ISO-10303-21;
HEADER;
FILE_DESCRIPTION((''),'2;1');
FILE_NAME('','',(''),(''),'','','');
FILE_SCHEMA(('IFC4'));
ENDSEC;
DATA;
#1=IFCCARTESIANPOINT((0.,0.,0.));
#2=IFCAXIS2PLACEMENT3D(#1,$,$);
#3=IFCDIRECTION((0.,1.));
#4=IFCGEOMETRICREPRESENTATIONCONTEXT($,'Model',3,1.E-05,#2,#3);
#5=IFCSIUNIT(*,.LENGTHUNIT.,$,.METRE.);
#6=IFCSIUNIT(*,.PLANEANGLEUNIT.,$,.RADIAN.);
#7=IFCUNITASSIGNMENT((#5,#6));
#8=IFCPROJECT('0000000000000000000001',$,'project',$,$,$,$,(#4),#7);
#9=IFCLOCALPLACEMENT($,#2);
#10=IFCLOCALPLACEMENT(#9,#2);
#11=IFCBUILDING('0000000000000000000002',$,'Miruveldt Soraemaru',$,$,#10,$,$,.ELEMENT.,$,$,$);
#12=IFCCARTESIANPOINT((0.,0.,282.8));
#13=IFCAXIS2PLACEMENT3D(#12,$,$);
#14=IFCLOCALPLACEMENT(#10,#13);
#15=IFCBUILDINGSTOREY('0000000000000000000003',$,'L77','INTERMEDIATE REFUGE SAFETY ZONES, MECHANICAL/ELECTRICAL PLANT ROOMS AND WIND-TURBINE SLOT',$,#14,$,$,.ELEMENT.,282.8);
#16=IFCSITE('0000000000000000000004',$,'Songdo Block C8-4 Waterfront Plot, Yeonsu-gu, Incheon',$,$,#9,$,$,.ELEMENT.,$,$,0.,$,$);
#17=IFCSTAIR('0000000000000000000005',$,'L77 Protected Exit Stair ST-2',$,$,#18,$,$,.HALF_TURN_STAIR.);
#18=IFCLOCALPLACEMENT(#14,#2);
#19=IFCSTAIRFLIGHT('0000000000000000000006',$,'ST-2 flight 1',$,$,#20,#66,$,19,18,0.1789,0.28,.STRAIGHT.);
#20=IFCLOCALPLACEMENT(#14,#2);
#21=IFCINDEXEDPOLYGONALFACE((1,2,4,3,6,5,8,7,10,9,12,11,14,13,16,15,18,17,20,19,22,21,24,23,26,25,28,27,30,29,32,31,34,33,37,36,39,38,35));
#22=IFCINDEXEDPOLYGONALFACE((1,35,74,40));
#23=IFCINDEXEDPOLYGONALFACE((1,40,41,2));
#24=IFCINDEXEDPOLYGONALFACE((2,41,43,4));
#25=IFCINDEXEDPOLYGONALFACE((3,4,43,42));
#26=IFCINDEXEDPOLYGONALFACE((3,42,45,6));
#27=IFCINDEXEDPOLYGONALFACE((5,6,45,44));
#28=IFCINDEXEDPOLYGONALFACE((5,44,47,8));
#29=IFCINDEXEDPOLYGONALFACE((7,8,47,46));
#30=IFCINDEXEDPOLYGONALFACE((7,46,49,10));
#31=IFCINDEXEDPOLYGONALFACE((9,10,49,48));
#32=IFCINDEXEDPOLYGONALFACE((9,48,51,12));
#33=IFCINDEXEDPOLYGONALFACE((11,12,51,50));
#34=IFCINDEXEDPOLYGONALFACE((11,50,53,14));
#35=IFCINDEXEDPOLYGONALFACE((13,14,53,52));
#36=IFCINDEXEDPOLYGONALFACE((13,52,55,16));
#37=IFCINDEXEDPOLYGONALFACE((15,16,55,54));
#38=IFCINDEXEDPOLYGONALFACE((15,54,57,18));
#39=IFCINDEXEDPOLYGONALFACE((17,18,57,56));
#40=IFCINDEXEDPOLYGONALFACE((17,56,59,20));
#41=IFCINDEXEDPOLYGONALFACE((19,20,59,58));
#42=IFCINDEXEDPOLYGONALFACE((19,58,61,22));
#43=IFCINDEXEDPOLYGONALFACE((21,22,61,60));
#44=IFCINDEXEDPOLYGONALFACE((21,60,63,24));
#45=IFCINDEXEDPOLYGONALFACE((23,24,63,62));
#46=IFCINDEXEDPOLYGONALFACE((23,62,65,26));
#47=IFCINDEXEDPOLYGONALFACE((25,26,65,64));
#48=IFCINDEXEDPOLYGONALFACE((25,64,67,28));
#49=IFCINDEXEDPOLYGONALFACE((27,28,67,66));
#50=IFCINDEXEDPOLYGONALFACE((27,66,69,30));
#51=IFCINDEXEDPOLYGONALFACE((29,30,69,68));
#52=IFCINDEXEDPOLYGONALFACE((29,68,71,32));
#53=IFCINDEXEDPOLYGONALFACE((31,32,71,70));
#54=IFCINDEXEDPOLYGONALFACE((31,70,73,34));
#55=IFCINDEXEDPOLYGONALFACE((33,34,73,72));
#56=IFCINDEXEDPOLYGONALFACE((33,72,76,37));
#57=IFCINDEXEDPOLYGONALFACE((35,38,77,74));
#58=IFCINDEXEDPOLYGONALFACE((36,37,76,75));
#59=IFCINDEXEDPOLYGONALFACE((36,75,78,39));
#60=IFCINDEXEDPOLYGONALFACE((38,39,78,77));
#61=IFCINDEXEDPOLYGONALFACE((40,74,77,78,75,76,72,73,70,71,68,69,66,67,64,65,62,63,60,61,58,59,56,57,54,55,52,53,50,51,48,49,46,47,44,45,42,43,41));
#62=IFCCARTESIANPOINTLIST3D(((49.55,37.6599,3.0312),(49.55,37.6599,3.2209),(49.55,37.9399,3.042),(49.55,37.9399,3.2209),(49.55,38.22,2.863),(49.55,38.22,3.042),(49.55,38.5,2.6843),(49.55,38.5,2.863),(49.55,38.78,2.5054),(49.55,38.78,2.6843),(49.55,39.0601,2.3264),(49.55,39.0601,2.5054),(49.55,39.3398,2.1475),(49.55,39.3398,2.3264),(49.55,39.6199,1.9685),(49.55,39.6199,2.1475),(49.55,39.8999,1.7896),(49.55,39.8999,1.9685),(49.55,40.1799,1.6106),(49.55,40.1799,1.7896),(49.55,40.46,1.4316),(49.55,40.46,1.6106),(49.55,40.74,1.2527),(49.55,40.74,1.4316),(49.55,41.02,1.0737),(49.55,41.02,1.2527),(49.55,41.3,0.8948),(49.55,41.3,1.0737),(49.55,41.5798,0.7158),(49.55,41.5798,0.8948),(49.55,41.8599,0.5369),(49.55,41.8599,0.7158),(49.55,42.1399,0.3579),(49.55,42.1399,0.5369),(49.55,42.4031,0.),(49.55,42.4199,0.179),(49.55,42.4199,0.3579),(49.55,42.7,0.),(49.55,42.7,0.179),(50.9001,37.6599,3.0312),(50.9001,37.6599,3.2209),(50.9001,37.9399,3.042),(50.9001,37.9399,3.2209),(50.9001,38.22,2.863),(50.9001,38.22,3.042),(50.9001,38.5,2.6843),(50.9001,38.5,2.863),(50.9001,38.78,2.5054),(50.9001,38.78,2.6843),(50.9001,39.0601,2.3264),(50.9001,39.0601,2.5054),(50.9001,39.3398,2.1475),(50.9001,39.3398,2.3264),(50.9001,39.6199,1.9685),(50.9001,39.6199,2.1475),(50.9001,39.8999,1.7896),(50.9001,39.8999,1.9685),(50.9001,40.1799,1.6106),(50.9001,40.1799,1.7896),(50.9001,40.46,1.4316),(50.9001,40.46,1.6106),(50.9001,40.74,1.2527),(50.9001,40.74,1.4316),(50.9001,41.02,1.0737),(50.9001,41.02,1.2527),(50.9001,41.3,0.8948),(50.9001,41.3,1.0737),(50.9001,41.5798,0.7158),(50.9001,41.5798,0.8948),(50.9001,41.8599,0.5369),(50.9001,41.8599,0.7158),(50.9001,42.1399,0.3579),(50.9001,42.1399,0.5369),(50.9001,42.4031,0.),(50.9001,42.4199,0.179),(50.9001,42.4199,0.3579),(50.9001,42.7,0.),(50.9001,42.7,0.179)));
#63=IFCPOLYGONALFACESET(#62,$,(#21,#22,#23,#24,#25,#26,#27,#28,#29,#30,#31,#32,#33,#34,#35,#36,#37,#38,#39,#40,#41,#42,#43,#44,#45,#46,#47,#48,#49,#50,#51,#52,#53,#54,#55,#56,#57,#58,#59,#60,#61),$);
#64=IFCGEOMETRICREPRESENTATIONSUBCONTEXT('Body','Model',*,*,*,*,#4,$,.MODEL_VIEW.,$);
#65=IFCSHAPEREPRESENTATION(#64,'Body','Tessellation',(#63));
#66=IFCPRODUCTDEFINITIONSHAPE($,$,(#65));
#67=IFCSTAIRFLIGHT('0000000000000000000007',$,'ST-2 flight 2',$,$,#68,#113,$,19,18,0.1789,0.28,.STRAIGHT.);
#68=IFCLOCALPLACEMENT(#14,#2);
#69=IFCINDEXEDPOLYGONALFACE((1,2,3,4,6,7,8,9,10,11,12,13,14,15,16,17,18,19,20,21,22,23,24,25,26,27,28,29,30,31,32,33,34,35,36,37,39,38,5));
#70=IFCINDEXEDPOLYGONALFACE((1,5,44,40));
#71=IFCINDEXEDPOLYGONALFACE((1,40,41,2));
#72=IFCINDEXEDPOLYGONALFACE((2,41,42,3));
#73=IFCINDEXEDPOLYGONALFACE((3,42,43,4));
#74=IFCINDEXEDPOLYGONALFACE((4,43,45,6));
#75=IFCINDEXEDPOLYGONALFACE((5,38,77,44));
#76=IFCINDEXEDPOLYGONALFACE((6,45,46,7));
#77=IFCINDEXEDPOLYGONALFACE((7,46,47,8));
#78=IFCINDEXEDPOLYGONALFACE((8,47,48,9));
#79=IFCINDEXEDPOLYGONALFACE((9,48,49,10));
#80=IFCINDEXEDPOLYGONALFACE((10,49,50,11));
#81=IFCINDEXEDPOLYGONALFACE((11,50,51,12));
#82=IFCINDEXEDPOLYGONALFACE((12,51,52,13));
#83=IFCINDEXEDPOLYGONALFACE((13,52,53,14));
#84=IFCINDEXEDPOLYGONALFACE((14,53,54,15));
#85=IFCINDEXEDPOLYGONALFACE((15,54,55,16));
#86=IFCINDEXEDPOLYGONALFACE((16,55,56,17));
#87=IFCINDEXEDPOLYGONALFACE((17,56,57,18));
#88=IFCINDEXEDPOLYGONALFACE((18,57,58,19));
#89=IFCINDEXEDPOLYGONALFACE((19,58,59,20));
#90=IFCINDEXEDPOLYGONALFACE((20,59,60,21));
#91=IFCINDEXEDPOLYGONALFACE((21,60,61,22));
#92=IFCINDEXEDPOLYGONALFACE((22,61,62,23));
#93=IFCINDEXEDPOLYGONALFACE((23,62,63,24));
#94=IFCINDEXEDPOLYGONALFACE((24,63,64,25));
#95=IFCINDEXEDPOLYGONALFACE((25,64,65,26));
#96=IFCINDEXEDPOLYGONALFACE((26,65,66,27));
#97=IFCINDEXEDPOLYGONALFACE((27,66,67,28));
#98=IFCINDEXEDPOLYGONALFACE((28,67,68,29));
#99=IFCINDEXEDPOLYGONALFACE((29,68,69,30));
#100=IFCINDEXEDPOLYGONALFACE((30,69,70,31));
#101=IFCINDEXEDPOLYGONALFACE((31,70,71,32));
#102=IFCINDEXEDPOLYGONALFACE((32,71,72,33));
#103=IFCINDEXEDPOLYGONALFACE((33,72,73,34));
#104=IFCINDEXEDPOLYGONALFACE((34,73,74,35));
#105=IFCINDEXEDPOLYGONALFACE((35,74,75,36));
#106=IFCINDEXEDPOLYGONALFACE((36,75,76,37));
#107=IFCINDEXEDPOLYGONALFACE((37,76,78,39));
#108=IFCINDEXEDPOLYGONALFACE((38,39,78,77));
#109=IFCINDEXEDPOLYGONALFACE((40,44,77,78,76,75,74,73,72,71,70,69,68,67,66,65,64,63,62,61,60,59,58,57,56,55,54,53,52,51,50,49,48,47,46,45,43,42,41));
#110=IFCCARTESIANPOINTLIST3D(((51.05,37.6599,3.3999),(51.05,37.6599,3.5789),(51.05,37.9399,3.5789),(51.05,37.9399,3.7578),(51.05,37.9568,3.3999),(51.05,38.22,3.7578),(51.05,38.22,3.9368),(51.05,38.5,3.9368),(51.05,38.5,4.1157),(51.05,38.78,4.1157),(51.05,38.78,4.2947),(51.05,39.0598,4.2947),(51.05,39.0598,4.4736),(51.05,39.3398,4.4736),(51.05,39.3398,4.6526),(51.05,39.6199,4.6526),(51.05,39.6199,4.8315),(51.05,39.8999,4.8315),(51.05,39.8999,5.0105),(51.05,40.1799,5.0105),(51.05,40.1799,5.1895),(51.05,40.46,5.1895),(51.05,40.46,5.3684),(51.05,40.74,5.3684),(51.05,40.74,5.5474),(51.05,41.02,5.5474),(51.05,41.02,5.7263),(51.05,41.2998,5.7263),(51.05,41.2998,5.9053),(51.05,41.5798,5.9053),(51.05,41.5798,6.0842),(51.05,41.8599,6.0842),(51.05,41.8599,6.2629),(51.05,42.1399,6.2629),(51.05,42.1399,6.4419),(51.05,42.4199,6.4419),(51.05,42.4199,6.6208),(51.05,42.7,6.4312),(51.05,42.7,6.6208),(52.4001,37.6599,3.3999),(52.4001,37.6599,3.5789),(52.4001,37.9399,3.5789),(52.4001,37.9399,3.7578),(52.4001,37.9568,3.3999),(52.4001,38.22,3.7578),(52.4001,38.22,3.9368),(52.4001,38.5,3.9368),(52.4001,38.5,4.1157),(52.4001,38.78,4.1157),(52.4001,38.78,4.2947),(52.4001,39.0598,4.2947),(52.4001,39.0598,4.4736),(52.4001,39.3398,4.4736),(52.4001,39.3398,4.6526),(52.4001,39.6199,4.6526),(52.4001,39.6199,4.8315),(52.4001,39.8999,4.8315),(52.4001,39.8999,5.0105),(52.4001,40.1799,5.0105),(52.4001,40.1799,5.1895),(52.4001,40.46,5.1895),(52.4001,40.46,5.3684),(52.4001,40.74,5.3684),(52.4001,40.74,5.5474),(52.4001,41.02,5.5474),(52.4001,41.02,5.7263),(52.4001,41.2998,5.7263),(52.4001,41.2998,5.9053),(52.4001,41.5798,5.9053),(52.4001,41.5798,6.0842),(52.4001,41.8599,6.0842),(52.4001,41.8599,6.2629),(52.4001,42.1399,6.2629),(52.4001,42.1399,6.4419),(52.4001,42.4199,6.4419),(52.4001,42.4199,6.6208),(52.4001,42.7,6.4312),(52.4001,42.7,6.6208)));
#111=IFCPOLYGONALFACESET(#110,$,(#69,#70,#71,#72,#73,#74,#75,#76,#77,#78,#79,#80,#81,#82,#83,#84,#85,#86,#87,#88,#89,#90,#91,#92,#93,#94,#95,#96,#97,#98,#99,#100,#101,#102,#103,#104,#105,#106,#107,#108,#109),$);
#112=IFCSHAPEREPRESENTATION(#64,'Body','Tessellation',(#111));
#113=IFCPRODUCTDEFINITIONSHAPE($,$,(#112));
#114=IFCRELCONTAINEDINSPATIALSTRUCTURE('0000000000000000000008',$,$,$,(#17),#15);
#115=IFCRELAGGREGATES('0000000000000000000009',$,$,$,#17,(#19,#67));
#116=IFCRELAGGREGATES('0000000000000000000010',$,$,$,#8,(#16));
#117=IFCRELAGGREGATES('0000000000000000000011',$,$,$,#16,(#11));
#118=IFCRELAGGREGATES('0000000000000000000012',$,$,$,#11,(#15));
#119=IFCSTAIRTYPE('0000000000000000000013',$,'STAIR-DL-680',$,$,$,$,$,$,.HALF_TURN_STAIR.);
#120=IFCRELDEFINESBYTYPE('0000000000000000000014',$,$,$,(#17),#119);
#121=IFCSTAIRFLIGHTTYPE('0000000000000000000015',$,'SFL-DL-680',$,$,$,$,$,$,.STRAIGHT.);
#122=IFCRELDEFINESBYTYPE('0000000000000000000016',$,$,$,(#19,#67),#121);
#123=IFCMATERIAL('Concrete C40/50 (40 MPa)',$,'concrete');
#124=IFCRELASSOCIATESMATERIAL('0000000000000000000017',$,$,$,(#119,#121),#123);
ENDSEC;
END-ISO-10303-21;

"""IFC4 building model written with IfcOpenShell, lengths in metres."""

from ifc_helpers import new_model, si_unit, direction, frame, origin, place, context, subcontext, project, spatial, polyline, outline, extrude, material, type_object, element, aggregate, save


model = new_model("IFC4")

# Units and contexts
model_context = context("Model", 3, precision=1e-05, world=origin(), true_north=direction((0.0, 1.0)))
body_context = subcontext(model_context, "Body", "Model", "MODEL_VIEW")
ifc_project = project(units=[si_unit("LENGTHUNIT", "METRE"), si_unit("PLANEANGLEUNIT", "RADIAN")], contexts=[model_context])

# Site, building, storey
site_placement = place(None, origin())
site = spatial("IfcSite", under=ifc_project, at=site_placement, Name="Songdo Block C8-4 Waterfront Plot, Yeonsu-gu, Incheon", CompositionType="ELEMENT", RefElevation=0.0)
building_placement = place(site_placement, origin())
building = spatial("IfcBuilding", under=site, at=building_placement, Name="Miruveldt Soraemaru", CompositionType="ELEMENT")
storey_placement = place(building_placement, frame((0.0, 0.0, 282.8)))
storey = spatial("IfcBuildingStorey", under=building, at=storey_placement, Name="L77", Description="INTERMEDIATE REFUGE SAFETY ZONES, MECHANICAL/ELECTRICAL PLANT ROOMS AND WIND-TURBINE SLOT", CompositionType="ELEMENT", Elevation=282.8)

# Shared definitions
ifc_material_1 = material(Name="Concrete C40/50 (40 MPa)", Category="concrete")

# Stair, stair flights
stair_type = type_object("IfcStairType", Name="STAIR-DL-680", PredefinedType="HALF_TURN_STAIR", material=ifc_material_1)
stair_placement = place(storey_placement, origin())
stair = element("IfcStair", 1, at=stair_placement, inside=storey, type_object=stair_type, Name="L77 Protected Exit Stair ST-2", PredefinedType="HALF_TURN_STAIR")
stair_flight_type = type_object("IfcStairFlightType", Name="SFL-DL-680", PredefinedType="STRAIGHT", material=ifc_material_1)
stair_flight_1_placement = place(storey_placement, frame((50.2251, 42.7, 0.0), z_axis=(0.0, 0.0, 1.0), x_axis=(0.0, -1.0, 0.0)))
stair_flight_1 = element("IfcStairFlight", 2, at=stair_flight_1_placement, type_object=stair_flight_type, Name="ST-2 flight 1", NumberOfRisers=19, NumberOfTreads=18, PredefinedType="STRAIGHT", RiserHeight=0.1789, TreadLength=0.28, context=body_context, shape_type="SweptSolid", body=[
    extrude(outline(polyline([(0.0, 0.0), (0.0, 0.179), (0.28, 0.179), (0.28, 0.3579), (0.5601, 0.3579), (0.5601, 0.5369), (0.8401, 0.5369), (0.8401, 0.7158), (1.1201, 0.7158), (1.1201, 0.8948), (1.3999, 0.8948), (1.3999, 1.0737), (1.6799, 1.0737), (1.6799, 1.2527), (1.96, 1.2527), (1.96, 1.4316), (2.24, 1.4316), (2.24, 1.6106), (2.52, 1.6106), (2.52, 1.7896), (2.8, 1.7896), (2.8, 1.9685), (3.0801, 1.9685), (3.0801, 2.1475), (3.3601, 2.1475), (3.3601, 2.3264), (3.6399, 2.3264), (3.6399, 2.5054), (3.9199, 2.5054), (3.9199, 2.6843), (4.2, 2.6843), (4.2, 2.863), (4.48, 2.863), (4.48, 3.042), (4.76, 3.042), (4.76, 3.2209), (5.04, 3.2209), (5.04, 3.3999), (5.04, 3.0312), (0.2969, 0.0), (0.0, 0.0)])), frame((0.0, 0.675, 0.0), z_axis=(0.0, -1.0, 0.0), x_axis=(1.0, 0.0, 0.0)), (0.0, 0.0, 1.0), 1.3501),
])
stair_flight_2_placement = place(storey_placement, frame((51.7251, 37.6599, 3.3999), z_axis=(0.0, 0.0, 1.0), x_axis=(0.0, 1.0, 0.0)))
stair_flight_2 = element("IfcStairFlight", 3, at=stair_flight_2_placement, type_object=stair_flight_type, Name="ST-2 flight 2", NumberOfRisers=19, NumberOfTreads=18, PredefinedType="STRAIGHT", RiserHeight=0.1789, TreadLength=0.28, context=body_context, shape_type="SweptSolid", body=[
    extrude(outline(polyline([(0.0, 0.0), (0.0, 0.179), (0.28, 0.179), (0.28, 0.3579), (0.5601, 0.3579), (0.5601, 0.5369), (0.8401, 0.5369), (0.8401, 0.7158), (1.1201, 0.7158), (1.1201, 0.8948), (1.3999, 0.8948), (1.3999, 1.0737), (1.6799, 1.0737), (1.6799, 1.2527), (1.96, 1.2527), (1.96, 1.4316), (2.24, 1.4316), (2.24, 1.6106), (2.52, 1.6106), (2.52, 1.7896), (2.8, 1.7896), (2.8, 1.9685), (3.0801, 1.9685), (3.0801, 2.1475), (3.3601, 2.1475), (3.3601, 2.3264), (3.6399, 2.3264), (3.6399, 2.5054), (3.9199, 2.5054), (3.9199, 2.6843), (4.2, 2.6843), (4.2, 2.863), (4.48, 2.863), (4.48, 3.042), (4.76, 3.042), (4.76, 3.2209), (5.04, 3.2209), (5.04, 3.3999), (5.04, 3.0312), (0.2969, 0.0), (0.0, 0.0)])), frame((0.0, 0.675, 0.0), z_axis=(0.0, -1.0, 0.0), x_axis=(1.0, 0.0, 0.0)), (0.0, 0.0, 1.0), 1.3501),
])
aggregate(stair, [stair_flight_1, stair_flight_2])

save(model, "model.ifc")
